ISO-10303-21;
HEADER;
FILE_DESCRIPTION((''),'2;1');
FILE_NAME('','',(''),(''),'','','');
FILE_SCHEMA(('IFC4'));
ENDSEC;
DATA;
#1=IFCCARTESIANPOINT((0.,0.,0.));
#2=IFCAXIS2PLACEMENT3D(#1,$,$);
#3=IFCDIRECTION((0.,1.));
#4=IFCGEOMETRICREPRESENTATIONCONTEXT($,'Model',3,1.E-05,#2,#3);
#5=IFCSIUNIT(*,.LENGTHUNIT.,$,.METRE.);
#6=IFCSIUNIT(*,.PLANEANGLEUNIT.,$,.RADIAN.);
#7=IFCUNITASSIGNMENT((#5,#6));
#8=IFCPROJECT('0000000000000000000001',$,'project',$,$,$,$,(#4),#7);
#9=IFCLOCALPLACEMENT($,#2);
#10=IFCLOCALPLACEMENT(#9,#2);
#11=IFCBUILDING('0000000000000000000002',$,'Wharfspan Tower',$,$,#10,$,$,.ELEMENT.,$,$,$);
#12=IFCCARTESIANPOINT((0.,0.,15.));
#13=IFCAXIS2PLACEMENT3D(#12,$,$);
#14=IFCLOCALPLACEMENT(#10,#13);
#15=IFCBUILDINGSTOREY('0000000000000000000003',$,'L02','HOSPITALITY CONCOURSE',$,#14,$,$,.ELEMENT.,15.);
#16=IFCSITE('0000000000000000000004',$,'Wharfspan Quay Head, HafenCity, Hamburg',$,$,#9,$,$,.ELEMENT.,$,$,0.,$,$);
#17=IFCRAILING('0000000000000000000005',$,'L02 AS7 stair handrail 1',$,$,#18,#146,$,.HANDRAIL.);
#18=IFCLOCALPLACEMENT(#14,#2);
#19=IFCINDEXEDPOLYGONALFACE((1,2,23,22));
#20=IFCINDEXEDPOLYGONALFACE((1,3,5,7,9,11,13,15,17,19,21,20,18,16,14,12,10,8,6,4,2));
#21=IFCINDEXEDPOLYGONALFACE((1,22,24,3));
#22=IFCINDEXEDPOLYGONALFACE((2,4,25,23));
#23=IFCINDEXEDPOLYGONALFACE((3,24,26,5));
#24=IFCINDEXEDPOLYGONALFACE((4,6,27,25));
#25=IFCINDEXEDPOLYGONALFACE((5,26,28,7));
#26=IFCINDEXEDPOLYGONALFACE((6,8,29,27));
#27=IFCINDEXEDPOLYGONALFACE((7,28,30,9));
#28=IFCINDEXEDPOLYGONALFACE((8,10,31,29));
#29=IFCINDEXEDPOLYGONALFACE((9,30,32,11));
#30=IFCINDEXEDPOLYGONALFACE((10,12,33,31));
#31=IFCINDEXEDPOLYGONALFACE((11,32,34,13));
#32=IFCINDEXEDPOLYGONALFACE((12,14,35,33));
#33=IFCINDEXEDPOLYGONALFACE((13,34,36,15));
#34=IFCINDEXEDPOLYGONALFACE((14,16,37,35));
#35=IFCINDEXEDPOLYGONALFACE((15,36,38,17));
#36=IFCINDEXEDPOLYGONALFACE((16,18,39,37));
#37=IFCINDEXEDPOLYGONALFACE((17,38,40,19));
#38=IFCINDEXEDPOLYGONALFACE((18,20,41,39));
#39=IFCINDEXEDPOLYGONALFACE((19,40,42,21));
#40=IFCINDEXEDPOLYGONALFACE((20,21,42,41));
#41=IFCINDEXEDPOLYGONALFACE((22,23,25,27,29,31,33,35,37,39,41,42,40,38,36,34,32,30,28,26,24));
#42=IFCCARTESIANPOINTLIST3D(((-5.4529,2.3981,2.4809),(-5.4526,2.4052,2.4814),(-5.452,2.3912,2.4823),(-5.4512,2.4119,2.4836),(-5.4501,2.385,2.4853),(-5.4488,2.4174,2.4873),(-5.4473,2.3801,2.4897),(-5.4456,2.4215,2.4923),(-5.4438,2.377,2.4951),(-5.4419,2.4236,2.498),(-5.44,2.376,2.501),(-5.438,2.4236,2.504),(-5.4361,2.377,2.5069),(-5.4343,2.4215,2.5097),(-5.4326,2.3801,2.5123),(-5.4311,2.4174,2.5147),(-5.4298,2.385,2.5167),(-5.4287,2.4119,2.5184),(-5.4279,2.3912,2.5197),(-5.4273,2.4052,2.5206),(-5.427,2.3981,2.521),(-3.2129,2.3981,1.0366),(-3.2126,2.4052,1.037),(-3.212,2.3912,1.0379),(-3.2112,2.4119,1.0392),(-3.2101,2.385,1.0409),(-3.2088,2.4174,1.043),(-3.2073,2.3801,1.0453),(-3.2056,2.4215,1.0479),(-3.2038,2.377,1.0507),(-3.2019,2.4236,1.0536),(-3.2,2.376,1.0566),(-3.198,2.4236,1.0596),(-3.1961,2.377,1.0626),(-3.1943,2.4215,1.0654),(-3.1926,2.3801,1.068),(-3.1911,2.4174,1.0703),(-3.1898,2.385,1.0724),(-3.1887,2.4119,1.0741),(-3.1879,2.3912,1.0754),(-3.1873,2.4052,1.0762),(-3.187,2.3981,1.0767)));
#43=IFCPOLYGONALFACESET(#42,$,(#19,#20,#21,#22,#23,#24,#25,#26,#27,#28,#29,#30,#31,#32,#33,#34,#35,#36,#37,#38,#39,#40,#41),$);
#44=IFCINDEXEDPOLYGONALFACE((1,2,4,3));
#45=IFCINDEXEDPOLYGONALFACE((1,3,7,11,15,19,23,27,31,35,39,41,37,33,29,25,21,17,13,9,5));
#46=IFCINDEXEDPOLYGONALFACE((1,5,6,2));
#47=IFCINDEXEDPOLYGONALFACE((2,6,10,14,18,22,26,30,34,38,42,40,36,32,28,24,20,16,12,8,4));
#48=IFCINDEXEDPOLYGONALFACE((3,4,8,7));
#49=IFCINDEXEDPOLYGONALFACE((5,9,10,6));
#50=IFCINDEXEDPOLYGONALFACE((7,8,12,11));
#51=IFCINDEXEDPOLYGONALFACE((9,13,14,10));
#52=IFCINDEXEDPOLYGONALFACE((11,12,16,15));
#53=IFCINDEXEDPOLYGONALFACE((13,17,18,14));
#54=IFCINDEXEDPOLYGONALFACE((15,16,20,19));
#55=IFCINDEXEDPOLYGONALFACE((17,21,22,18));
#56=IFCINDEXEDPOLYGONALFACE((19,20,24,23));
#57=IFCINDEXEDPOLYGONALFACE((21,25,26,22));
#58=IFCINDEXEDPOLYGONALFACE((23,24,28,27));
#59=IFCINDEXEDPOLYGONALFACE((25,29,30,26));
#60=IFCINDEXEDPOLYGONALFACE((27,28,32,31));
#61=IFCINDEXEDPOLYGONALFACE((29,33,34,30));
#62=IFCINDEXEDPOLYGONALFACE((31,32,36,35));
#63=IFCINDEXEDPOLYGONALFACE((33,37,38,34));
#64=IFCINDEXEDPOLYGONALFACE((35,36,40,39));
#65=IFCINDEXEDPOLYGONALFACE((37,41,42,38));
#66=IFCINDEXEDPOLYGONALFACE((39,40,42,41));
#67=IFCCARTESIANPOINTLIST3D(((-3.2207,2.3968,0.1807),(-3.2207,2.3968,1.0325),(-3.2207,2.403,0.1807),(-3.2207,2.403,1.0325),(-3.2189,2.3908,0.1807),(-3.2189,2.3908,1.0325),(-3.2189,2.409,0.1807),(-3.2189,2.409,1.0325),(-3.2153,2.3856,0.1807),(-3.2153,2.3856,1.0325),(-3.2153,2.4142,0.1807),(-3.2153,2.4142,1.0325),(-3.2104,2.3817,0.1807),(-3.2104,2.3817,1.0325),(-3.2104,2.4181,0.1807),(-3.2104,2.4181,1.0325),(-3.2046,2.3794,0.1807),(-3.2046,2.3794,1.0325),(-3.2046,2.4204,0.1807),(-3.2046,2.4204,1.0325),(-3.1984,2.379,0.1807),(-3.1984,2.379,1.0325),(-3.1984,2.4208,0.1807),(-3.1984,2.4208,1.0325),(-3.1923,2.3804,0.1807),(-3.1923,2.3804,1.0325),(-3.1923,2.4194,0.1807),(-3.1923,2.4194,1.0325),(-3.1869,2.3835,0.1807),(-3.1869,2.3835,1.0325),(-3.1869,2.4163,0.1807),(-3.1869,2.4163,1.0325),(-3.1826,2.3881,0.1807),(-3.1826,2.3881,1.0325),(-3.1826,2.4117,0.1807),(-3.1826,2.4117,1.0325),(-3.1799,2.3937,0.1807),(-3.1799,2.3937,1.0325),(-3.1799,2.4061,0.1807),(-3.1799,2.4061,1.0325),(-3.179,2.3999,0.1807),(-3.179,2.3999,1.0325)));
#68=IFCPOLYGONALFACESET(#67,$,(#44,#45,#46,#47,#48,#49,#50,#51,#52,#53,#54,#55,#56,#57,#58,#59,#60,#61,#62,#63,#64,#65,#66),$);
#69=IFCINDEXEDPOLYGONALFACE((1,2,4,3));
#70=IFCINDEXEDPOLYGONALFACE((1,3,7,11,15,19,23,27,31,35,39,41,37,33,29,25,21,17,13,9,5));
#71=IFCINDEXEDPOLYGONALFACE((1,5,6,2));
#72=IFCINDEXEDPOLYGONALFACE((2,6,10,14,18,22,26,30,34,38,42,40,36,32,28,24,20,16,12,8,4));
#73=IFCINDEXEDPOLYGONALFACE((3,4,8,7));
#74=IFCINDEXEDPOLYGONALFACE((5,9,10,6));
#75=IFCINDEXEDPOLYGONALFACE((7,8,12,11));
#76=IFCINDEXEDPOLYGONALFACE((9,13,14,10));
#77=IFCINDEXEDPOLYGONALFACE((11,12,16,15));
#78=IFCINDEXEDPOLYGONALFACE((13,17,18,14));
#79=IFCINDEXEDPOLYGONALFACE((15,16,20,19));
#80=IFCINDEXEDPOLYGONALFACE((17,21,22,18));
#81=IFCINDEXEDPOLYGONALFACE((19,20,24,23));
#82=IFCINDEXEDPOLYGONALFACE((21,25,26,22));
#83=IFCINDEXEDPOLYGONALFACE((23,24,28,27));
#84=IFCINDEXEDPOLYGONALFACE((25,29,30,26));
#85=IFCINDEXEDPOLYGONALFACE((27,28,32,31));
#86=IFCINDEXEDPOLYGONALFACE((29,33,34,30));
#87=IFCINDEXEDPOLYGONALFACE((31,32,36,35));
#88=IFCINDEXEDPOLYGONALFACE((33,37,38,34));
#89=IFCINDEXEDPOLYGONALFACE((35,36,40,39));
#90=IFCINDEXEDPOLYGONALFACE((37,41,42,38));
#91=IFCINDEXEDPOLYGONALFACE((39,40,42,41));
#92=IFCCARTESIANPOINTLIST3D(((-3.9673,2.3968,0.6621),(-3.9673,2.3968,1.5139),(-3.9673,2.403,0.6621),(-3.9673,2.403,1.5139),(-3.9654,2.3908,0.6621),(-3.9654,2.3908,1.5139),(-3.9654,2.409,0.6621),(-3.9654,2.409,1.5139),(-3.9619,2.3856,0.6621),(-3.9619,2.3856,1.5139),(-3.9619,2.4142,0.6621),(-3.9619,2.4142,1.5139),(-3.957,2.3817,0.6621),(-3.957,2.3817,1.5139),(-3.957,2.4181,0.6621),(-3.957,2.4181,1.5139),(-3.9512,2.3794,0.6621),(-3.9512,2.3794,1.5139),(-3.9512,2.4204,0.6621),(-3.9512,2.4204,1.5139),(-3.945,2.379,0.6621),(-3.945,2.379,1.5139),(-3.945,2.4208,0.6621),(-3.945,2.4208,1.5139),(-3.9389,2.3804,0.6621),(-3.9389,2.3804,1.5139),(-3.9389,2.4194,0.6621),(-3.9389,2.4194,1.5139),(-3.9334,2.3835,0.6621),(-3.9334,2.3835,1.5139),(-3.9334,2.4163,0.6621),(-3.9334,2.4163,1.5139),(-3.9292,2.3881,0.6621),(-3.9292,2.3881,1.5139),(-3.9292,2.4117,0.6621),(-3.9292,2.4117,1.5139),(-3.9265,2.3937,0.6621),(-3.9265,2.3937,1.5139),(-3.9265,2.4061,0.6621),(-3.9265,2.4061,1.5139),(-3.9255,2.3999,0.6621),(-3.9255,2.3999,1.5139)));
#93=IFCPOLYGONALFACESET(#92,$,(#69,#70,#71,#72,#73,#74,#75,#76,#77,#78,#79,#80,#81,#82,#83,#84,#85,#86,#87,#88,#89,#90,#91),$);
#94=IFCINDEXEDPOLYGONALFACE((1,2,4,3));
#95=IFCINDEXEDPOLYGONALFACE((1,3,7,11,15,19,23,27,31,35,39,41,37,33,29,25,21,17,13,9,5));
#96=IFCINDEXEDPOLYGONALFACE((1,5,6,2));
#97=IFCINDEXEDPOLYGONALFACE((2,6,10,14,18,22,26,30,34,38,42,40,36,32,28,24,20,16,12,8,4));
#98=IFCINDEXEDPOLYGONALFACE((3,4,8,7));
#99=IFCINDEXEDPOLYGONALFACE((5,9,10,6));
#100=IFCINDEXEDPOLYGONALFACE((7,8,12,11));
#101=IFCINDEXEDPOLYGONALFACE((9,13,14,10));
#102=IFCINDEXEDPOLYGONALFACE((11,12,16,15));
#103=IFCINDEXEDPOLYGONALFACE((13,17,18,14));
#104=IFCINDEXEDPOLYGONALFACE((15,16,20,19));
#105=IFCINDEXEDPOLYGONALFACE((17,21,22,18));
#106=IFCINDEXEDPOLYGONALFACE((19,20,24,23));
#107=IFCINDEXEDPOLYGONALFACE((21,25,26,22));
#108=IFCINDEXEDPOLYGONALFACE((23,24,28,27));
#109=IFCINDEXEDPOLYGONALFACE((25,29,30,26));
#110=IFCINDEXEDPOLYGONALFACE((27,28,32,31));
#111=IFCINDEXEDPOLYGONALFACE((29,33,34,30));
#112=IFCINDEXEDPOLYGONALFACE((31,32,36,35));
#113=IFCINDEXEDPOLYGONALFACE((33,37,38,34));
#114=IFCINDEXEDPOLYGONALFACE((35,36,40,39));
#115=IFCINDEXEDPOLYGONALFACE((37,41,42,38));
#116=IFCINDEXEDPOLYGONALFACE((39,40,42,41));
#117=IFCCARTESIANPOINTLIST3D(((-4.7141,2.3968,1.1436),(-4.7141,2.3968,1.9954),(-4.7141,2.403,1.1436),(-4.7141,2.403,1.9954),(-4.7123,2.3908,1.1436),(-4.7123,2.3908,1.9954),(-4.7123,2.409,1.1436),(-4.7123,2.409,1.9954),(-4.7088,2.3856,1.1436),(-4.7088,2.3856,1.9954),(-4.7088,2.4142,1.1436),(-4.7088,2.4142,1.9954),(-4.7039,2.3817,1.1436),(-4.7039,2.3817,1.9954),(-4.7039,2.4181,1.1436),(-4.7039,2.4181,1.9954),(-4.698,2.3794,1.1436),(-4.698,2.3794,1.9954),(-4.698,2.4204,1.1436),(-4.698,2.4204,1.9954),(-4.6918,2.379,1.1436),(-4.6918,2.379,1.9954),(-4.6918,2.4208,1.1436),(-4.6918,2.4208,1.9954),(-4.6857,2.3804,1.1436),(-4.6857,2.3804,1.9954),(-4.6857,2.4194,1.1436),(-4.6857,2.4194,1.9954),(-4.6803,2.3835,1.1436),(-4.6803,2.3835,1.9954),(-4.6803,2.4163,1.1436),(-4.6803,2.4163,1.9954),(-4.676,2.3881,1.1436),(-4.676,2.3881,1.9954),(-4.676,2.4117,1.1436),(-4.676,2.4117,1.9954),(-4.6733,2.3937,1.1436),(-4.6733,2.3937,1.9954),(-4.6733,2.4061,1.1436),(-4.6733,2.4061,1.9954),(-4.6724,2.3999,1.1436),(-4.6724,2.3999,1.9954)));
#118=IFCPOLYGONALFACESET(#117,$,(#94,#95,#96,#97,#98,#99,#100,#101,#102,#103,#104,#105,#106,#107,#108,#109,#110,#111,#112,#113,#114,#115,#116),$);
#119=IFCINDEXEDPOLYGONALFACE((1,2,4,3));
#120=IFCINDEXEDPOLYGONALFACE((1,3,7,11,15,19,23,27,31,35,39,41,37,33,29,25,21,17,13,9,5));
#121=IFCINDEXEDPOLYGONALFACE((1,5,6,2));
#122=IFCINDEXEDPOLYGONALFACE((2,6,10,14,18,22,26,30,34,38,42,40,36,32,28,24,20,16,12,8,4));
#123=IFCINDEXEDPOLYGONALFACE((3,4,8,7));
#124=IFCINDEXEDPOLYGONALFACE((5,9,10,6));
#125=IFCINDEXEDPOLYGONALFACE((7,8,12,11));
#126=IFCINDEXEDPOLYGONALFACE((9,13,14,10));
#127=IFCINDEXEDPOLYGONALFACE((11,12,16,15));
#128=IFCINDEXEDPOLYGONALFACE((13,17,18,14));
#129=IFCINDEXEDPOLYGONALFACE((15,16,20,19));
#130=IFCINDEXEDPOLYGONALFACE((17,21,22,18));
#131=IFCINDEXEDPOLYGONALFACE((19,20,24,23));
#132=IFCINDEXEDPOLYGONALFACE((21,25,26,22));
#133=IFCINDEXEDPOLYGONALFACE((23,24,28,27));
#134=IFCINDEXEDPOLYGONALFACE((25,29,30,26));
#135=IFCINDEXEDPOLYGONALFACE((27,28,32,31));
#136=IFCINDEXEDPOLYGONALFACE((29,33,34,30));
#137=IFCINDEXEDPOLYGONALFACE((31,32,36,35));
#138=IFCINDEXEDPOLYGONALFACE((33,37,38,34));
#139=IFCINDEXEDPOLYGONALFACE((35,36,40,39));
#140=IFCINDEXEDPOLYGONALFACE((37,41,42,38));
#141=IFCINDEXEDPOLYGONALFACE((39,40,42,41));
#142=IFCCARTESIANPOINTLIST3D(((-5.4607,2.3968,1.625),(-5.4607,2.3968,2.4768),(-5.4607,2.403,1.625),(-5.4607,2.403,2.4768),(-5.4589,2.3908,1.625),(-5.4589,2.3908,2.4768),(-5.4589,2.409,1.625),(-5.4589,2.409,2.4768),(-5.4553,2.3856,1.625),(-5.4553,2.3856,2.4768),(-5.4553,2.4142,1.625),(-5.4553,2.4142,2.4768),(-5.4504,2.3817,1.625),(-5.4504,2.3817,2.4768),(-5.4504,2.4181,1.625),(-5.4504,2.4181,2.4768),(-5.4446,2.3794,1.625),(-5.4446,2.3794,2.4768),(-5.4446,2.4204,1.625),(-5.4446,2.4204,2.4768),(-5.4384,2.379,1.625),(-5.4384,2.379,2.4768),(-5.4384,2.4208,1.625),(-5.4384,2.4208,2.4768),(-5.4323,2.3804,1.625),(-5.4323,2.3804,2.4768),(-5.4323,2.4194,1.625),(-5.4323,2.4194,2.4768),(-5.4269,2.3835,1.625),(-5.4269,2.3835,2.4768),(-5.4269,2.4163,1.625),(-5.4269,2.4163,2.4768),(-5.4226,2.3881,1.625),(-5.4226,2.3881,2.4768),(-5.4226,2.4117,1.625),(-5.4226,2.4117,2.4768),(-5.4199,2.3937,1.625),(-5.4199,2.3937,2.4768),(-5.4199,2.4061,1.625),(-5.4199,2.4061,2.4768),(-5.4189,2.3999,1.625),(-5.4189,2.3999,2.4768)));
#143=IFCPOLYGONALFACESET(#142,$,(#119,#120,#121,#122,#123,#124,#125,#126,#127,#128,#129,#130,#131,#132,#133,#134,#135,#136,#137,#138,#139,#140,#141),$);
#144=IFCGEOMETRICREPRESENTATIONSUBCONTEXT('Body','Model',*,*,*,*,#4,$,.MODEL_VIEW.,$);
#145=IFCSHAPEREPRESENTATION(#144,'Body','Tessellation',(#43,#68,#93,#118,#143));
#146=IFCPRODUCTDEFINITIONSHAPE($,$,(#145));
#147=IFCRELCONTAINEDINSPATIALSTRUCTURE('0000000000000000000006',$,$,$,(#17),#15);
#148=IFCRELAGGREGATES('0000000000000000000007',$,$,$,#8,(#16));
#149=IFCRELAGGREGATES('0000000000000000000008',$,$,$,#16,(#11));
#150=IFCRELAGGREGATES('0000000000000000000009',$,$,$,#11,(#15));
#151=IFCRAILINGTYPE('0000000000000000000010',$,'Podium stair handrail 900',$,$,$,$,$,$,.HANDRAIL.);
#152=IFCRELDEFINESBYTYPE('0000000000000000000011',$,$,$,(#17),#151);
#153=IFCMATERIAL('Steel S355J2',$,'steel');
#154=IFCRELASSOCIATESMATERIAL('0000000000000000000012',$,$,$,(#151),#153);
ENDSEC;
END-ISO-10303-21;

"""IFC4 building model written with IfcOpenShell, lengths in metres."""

from ifc_helpers import new_model, si_unit, direction, frame, origin, origin_2d, place, context, subcontext, project, spatial, circle, extrude, material, type_object, element, save


model = new_model("IFC4")

# Units and contexts
model_context = context("Model", 3, precision=1e-05, world=origin(), true_north=direction((0.0, 1.0)))
body_context = subcontext(model_context, "Body", "Model", "MODEL_VIEW")
ifc_project = project(units=[si_unit("LENGTHUNIT", "METRE"), si_unit("PLANEANGLEUNIT", "RADIAN")], contexts=[model_context])

# Site, building, storey
site_placement = place(None, origin())
site = spatial("IfcSite", under=ifc_project, at=site_placement, Name="Wharfspan Quay Head, HafenCity, Hamburg", CompositionType="ELEMENT", RefElevation=0.0)
building_placement = place(site_placement, origin())
building = spatial("IfcBuilding", under=site, at=building_placement, Name="Wharfspan Tower", CompositionType="ELEMENT")
storey_placement = place(building_placement, frame((0.0, 0.0, 15.0)))
storey = spatial("IfcBuildingStorey", under=building, at=storey_placement, Name="L02", Description="HOSPITALITY CONCOURSE", CompositionType="ELEMENT", Elevation=15.0)

# Railing
ifc_material_1 = material(Name="Steel S355J2", Category="steel")
railing_type_1 = type_object("IfcRailingType", Name="Podium stair handrail 900", PredefinedType="HANDRAIL", material=ifc_material_1)
for number, where, name in (
    (1, (-3.2, 2.3999, 0.1807), "L02 AS7 stair handrail 1"),
):
    element("IfcRailing", number, at=place(storey_placement, frame(where)), inside=storey, type_object=railing_type_1, Name=name, PredefinedType="HANDRAIL", context=body_context, shape_type="SweptSolid", body=[
        extrude(circle(Radius=0.0239, at=origin_2d()), frame((0.0, 0.0, 0.876), z_axis=(-0.840437, 0.0, 0.54191), x_axis=(0.0, -1.0, 0.0)), (0.0, 0.0, 1.0), 2.6653),
        extrude(circle(Radius=0.021, at=origin_2d()), origin(), (0.0, 0.0, 1.0), 0.8518),
        extrude(circle(Radius=0.021, at=origin_2d()), frame((-0.7466, 0.0, 0.4814)), (0.0, 0.0, 1.0), 0.8518),
        extrude(circle(Radius=0.021, at=origin_2d()), frame((-1.4934, 0.0, 0.9629)), (0.0, 0.0, 1.0), 0.8518),
        extrude(circle(Radius=0.021, at=origin_2d()), frame((-2.24, 0.0, 1.4443)), (0.0, 0.0, 1.0), 0.8518),
    ])

save(model, "model.ifc")
